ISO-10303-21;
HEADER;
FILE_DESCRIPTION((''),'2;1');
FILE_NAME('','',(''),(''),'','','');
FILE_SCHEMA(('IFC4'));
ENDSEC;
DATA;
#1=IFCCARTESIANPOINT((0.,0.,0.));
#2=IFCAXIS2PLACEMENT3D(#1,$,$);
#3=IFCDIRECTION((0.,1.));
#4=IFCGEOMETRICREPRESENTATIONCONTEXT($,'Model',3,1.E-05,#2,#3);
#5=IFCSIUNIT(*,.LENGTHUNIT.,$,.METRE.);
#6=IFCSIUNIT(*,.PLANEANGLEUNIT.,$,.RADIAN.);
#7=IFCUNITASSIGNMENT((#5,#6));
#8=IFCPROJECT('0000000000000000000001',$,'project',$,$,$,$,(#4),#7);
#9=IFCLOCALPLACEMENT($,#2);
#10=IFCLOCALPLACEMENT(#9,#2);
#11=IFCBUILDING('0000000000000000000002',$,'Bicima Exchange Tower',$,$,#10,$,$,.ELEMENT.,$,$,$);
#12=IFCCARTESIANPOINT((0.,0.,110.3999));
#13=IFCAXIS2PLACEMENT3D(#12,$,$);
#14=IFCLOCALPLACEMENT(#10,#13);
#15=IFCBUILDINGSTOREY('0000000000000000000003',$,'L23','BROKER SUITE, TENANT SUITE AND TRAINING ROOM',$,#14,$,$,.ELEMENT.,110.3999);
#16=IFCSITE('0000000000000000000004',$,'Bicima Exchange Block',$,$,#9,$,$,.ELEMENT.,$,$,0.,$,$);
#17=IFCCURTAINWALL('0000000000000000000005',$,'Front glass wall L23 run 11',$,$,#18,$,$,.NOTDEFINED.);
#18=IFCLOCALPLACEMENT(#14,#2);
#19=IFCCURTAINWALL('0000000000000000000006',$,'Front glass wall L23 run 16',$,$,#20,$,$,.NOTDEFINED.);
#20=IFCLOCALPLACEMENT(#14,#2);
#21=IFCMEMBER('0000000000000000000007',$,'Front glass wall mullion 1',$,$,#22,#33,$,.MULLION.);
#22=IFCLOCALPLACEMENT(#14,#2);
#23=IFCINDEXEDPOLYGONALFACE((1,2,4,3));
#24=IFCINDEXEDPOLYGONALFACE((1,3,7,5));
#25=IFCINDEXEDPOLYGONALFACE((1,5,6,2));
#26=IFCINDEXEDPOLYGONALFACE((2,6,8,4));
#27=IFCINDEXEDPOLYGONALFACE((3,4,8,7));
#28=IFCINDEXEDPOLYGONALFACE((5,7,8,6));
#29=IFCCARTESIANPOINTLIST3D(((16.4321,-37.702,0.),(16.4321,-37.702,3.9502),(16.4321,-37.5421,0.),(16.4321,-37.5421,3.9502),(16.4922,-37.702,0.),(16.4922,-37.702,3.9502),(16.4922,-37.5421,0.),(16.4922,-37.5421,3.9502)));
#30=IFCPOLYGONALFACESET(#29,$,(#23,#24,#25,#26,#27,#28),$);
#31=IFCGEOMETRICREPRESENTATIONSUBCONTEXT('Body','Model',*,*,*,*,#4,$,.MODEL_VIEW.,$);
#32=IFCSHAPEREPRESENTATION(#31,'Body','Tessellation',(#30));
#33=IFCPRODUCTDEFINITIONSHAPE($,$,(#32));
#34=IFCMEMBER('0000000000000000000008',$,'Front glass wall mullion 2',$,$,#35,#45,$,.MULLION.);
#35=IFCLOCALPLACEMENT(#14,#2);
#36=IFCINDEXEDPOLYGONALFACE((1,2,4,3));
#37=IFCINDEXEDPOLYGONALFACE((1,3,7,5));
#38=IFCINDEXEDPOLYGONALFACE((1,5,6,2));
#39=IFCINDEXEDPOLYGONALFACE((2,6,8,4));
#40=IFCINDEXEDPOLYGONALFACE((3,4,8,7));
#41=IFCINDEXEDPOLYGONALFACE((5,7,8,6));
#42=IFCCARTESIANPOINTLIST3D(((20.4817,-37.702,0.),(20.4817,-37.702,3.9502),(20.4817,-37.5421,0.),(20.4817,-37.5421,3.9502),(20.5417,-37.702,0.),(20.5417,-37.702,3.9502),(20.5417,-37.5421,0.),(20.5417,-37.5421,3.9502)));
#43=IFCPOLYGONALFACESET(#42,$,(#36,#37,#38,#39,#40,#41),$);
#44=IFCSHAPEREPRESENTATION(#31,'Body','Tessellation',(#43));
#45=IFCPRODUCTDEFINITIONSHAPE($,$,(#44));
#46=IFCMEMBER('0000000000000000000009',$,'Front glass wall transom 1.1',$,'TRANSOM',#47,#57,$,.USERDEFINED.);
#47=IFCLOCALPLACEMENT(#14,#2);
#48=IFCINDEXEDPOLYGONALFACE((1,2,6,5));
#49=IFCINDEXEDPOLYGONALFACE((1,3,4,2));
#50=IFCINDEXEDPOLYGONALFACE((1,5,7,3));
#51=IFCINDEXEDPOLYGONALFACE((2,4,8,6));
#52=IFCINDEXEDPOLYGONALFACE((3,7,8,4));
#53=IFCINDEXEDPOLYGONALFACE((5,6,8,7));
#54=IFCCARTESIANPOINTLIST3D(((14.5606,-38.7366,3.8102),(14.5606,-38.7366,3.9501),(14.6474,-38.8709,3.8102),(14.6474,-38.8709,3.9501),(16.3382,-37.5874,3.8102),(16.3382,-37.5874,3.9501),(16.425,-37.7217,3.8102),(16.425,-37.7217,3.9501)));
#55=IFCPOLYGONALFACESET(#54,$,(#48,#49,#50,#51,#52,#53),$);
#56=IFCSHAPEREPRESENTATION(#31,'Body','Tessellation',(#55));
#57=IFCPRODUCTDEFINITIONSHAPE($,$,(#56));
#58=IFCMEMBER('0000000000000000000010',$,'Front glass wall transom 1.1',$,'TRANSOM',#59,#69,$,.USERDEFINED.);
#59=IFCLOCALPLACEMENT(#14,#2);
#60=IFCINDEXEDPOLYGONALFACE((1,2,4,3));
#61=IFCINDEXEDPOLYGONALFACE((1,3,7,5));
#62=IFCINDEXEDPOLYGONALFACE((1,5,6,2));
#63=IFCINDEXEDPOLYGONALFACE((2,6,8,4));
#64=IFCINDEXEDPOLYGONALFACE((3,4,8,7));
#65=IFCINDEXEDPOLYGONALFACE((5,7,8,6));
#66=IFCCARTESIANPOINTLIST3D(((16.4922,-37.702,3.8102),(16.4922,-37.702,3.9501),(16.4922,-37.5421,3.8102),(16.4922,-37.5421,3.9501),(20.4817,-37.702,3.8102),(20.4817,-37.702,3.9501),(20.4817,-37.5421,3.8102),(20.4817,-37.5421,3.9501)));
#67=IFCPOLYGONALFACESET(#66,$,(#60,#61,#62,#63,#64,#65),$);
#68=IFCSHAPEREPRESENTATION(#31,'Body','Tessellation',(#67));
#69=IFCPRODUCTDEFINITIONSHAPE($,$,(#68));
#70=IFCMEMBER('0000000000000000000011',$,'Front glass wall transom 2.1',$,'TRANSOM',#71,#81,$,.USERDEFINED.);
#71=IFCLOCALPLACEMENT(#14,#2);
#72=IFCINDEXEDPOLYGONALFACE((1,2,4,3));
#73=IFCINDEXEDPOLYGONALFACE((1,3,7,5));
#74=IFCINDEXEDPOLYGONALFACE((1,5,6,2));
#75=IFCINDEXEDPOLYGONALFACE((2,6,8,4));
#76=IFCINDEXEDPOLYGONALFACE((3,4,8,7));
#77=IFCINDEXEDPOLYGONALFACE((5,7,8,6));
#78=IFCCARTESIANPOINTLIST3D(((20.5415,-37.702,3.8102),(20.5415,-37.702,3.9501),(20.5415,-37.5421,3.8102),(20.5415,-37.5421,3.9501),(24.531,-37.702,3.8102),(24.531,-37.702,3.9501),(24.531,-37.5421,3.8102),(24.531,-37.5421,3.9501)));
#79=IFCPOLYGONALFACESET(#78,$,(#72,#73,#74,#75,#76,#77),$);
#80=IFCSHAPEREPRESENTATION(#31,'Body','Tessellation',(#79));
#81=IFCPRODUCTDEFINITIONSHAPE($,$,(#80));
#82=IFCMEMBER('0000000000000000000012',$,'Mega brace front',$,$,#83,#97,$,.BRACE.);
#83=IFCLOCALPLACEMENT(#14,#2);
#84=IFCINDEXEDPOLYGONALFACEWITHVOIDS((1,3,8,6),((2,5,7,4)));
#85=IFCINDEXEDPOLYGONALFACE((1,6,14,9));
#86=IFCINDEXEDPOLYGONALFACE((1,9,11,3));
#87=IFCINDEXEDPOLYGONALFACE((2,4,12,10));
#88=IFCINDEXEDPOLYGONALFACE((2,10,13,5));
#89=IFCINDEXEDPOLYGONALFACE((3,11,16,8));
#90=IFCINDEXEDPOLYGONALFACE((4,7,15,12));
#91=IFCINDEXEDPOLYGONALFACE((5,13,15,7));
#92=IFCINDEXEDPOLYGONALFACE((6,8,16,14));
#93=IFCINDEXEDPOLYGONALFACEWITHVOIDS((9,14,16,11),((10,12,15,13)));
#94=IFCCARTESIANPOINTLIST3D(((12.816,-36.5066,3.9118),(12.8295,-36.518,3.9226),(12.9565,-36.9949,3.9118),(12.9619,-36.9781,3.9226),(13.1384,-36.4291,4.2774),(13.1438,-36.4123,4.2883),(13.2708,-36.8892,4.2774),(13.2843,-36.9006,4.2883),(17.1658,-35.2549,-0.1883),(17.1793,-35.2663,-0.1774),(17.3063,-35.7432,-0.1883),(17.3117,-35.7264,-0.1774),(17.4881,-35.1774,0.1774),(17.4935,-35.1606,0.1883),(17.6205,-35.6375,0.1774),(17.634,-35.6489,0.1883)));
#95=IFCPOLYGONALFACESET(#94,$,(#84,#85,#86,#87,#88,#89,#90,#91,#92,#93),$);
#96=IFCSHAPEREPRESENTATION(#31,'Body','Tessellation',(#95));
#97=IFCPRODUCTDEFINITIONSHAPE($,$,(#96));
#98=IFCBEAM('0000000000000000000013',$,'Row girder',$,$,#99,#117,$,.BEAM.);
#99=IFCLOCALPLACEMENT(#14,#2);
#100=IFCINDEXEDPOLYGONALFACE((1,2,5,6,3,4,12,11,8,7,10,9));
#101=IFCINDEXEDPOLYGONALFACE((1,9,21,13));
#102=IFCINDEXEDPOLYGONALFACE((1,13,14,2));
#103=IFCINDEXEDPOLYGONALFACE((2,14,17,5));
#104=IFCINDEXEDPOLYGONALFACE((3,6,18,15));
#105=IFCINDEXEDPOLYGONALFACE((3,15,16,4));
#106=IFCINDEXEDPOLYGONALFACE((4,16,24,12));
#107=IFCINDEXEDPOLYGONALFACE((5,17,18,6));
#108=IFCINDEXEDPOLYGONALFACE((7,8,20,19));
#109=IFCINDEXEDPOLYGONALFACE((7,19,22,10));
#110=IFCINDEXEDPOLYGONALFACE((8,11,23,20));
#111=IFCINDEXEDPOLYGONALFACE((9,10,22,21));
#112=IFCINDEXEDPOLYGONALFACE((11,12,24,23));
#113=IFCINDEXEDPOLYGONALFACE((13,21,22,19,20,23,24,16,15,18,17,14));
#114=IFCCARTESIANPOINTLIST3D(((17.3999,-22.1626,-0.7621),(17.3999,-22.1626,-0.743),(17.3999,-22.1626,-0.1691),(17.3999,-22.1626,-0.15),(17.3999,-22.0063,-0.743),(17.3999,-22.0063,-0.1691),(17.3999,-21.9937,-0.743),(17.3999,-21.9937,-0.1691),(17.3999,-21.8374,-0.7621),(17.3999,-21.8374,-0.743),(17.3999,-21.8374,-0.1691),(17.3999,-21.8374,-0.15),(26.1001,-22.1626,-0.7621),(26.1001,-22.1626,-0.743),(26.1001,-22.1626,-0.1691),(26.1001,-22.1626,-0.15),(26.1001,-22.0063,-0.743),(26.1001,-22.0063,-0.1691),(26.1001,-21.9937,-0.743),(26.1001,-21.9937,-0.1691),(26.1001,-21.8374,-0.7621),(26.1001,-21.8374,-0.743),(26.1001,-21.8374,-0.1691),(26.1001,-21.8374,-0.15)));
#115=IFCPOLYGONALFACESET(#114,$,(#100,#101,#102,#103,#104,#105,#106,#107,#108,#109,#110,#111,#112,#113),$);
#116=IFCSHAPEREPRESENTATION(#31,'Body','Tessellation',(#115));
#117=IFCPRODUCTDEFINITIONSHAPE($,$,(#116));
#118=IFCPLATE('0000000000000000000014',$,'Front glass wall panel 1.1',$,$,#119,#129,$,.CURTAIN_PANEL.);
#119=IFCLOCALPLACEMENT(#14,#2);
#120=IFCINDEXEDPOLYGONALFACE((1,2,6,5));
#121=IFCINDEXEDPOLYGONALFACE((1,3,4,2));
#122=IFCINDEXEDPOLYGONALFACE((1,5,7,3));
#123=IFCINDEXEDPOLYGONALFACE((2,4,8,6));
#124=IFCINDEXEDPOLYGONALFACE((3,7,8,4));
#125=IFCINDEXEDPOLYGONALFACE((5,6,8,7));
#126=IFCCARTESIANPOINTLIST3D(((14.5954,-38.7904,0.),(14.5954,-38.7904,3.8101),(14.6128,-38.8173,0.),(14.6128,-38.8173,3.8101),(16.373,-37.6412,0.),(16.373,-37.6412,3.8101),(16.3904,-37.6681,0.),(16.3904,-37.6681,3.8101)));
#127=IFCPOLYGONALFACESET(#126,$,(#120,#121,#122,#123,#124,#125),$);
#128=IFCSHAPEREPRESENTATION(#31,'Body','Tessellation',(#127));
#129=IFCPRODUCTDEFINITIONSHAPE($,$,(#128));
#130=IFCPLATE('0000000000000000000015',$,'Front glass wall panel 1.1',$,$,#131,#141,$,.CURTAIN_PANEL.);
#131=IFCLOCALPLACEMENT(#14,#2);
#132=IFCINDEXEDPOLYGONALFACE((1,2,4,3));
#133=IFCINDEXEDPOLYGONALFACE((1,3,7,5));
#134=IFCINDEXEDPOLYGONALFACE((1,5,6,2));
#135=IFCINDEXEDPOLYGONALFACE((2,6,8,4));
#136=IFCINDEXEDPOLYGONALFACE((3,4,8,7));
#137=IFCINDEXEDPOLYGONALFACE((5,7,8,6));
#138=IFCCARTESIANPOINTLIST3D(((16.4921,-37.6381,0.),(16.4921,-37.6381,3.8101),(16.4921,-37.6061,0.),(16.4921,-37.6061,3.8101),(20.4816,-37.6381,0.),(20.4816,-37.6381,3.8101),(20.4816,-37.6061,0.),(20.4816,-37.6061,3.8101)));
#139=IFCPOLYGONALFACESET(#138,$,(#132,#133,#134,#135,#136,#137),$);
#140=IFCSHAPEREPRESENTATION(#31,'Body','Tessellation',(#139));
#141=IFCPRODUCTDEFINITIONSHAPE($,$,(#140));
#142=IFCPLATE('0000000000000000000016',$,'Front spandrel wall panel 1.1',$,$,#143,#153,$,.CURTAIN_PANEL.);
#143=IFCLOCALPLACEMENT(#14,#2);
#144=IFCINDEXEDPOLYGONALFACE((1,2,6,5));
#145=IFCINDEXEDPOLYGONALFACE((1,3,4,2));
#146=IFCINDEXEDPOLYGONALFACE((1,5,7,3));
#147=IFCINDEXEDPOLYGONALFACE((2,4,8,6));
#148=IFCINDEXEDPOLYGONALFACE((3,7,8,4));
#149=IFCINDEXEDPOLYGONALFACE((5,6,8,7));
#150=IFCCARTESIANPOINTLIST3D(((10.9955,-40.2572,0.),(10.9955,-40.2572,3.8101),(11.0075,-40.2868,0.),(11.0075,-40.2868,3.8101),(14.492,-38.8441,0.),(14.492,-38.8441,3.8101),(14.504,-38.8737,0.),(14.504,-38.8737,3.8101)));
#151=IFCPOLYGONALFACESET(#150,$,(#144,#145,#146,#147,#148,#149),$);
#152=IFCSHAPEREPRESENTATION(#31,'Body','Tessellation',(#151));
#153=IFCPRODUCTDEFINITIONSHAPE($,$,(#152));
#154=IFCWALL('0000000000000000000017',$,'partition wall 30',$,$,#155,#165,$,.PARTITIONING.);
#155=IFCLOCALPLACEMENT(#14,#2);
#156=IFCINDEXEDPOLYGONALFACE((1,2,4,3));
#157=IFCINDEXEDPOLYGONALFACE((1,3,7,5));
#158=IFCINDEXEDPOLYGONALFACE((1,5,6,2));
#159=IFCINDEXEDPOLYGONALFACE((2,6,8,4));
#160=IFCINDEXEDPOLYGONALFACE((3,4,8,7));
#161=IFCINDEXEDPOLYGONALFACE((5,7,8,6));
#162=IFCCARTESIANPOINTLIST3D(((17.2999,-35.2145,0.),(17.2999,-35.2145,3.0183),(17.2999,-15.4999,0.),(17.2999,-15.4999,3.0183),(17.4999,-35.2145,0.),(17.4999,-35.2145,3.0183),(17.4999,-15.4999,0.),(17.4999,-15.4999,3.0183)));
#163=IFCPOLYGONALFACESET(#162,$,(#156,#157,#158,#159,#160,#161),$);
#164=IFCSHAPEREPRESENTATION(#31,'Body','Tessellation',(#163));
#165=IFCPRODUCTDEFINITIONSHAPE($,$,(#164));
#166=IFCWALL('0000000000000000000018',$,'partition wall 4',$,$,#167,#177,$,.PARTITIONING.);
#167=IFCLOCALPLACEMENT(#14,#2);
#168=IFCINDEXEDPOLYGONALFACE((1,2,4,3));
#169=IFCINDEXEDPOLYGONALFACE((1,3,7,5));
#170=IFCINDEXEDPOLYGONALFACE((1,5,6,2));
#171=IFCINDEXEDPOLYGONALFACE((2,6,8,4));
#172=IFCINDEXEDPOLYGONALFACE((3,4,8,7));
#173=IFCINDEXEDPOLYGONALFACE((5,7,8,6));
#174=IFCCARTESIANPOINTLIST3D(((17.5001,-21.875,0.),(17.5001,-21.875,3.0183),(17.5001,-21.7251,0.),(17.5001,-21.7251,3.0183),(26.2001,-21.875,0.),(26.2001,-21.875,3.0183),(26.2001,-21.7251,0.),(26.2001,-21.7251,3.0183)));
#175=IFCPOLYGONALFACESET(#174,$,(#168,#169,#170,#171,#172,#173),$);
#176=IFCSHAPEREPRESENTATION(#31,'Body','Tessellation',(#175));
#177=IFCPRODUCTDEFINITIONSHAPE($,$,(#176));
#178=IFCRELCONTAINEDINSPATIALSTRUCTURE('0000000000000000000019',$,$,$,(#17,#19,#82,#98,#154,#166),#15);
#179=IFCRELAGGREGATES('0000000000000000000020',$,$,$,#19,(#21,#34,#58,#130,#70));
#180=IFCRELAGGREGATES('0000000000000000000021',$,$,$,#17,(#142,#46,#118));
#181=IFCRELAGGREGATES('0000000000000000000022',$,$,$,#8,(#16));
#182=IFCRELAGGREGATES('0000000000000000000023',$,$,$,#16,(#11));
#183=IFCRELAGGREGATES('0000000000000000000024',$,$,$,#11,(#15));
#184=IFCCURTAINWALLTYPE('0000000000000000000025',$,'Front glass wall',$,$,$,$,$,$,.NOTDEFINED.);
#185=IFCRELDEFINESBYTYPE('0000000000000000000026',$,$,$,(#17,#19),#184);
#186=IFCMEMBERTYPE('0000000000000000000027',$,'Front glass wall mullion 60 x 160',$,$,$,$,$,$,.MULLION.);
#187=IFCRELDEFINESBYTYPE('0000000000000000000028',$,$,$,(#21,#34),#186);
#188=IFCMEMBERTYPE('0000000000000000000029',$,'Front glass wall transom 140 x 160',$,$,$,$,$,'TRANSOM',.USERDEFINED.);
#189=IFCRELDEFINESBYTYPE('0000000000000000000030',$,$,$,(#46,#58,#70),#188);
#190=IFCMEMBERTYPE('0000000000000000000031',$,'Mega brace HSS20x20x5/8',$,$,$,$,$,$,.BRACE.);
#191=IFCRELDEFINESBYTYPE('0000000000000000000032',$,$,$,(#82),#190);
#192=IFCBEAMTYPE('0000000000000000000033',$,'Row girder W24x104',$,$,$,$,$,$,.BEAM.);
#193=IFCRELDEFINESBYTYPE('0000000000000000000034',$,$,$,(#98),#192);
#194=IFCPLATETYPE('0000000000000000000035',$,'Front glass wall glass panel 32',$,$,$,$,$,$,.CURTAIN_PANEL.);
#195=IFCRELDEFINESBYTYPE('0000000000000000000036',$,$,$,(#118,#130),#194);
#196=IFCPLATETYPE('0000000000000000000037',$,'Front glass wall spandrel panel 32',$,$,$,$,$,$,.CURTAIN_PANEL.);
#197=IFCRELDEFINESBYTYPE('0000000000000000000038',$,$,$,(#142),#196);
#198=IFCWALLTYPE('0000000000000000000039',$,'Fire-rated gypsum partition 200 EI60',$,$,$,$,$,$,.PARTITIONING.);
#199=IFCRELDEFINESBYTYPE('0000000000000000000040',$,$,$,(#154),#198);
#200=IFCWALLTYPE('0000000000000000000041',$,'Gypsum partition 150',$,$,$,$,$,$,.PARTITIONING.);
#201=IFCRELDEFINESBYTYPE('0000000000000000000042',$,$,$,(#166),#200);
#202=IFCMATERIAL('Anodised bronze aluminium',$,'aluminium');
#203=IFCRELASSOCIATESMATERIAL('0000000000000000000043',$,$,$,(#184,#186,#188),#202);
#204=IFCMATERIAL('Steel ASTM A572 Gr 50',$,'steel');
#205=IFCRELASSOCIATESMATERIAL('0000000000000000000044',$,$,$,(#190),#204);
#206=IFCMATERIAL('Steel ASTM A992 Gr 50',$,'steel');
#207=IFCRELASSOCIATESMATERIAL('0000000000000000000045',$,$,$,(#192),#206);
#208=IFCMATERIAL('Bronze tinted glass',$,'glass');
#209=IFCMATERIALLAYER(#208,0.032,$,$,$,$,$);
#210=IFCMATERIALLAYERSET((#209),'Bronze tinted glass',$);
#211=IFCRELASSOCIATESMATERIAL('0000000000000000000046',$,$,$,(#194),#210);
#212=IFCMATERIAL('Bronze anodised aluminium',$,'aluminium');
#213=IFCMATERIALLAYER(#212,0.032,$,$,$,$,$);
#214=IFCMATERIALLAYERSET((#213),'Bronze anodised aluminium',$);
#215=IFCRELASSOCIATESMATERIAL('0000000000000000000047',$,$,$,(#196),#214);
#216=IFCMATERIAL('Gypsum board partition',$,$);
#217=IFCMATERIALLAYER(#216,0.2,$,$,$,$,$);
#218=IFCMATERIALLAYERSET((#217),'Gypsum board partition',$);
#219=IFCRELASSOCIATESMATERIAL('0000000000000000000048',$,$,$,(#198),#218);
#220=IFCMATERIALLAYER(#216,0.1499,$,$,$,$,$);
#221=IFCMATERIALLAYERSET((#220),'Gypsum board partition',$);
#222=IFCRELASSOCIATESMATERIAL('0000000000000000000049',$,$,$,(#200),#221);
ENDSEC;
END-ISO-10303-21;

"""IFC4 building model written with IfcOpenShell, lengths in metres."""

from ifc_helpers import new_model, si_unit, direction, frame, frame_2d, origin, origin_2d, place, context, subcontext, project, spatial, rectangle, hollow_rectangle, i_section, extrude, material, layer, layer_set, material_profile, profile_set, type_object, element, aggregate, save


model = new_model("IFC4")

# Units and contexts
model_context = context("Model", 3, precision=1e-05, world=origin(), true_north=direction((0.0, 1.0)))
body_context = subcontext(model_context, "Body", "Model", "MODEL_VIEW")
ifc_project = project(units=[si_unit("LENGTHUNIT", "METRE"), si_unit("PLANEANGLEUNIT", "RADIAN")], contexts=[model_context])

# Site, building, storey
site_placement = place(None, origin())
site = spatial("IfcSite", under=ifc_project, at=site_placement, Name="Bicima Exchange Block", CompositionType="ELEMENT", RefElevation=0.0)
building_placement = place(site_placement, origin())
building = spatial("IfcBuilding", under=site, at=building_placement, Name="Bicima Exchange Tower", CompositionType="ELEMENT")
storey_placement = place(building_placement, frame((0.0, 0.0, 110.3999)))
storey = spatial("IfcBuildingStorey", under=building, at=storey_placement, Name="L23", Description="BROKER SUITE, TENANT SUITE AND TRAINING ROOM", CompositionType="ELEMENT", Elevation=110.3999)

# Shared definitions
ifc_material_1 = material(Name="Steel ASTM A992 Gr 50", Category="steel")

# Shared definitions
ifc_material_2 = material(Name="Steel ASTM A572 Gr 50", Category="steel")

# Shared definitions
ifc_material_profile_1 = material_profile(ifc_material_1, i_section(OverallWidth=0.3252, OverallDepth=0.6121, WebThickness=0.0127, FlangeThickness=0.019, at=origin_2d()))
ifc_profile_set_1 = profile_set([ifc_material_profile_1], Name="Steel ASTM A992 Gr 50")

# Curtain walls, members
ifc_material_3 = material(Name="Anodised bronze aluminium", Category="aluminium")
curtain_wall_type = type_object("IfcCurtainWallType", Name="Front glass wall", PredefinedType="NOTDEFINED", material=ifc_material_3)
curtain_wall_1_placement = place(storey_placement, origin())
curtain_wall_1 = element("IfcCurtainWall", 1, at=curtain_wall_1_placement, inside=storey, type_object=curtain_wall_type, Name="Front glass wall L23 run 11", PredefinedType="NOTDEFINED")
ifc_material_profile_2 = material_profile(ifc_material_3, rectangle(XDim=0.1599, YDim=0.0601, at=origin_2d()))
ifc_profile_set_2 = profile_set([ifc_material_profile_2], Name="Anodised bronze aluminium")
member_type_1 = type_object("IfcMemberType", Name="Front glass wall mullion 60 x 160", PredefinedType="MULLION", material=ifc_profile_set_2)
curtain_wall_2_placement = place(storey_placement, origin())
curtain_wall_2 = element("IfcCurtainWall", 2, at=curtain_wall_2_placement, inside=storey, type_object=curtain_wall_type, Name="Front glass wall L23 run 16", PredefinedType="NOTDEFINED")
member_1_placement = place(storey_placement, frame((16.4622, -37.6221, 0.0), z_axis=(0.0, 0.0, 1.0), x_axis=(0.0, 1.0, 0.0)))
member_1 = element("IfcMember", 3, at=member_1_placement, type_object=member_type_1, Name="Front glass wall mullion 1", PredefinedType="MULLION", context=body_context, shape_type="SweptSolid", body=[
    extrude(rectangle(XDim=0.1599, YDim=0.0601, at=origin_2d()), origin(), (0.0, 0.0, 1.0), 3.9502),
])
member_2_placement = place(storey_placement, frame((20.5117, -37.6221, 0.0), z_axis=(0.0, 0.0, 1.0), x_axis=(0.0, 1.0, 0.0)))
member_2 = element("IfcMember", 4, at=member_2_placement, type_object=member_type_1, Name="Front glass wall mullion 2", PredefinedType="MULLION", context=body_context, shape_type="SweptSolid", body=[
    extrude(rectangle(XDim=0.1599, YDim=0.0601, at=origin_2d()), origin(), (0.0, 0.0, 1.0), 3.9502),
])

# Members
ifc_material_profile_3 = material_profile(ifc_material_3, rectangle(XDim=0.1599, YDim=0.1399, at=origin_2d()))
ifc_profile_set_3 = profile_set([ifc_material_profile_3], Name="Anodised bronze aluminium")
member_type_2 = type_object("IfcMemberType", Name="Front glass wall transom 140 x 160", ElementType="TRANSOM", PredefinedType="USERDEFINED", material=ifc_profile_set_3)
member_3_placement = place(storey_placement, frame((14.604, -38.8037, 3.8801), z_axis=(0.839793, 0.542907, 0.0), x_axis=(-0.542907, 0.839793, 0.0)))
member_3 = element("IfcMember", 5, at=member_3_placement, type_object=member_type_2, Name="Front glass wall transom 1.1", ObjectType="TRANSOM", PredefinedType="USERDEFINED", context=body_context, shape_type="SweptSolid", body=[
    extrude(rectangle(XDim=0.1599, YDim=0.1399, at=origin_2d()), origin(), (0.0, 0.0, 1.0), 2.1167),
])
member_4_placement = place(storey_placement, frame((16.4922, -37.6221, 3.8801), z_axis=(1.0, 0.0, 0.0), x_axis=(0.0, 1.0, 0.0)))
member_4 = element("IfcMember", 6, at=member_4_placement, type_object=member_type_2, Name="Front glass wall transom 1.1", ObjectType="TRANSOM", PredefinedType="USERDEFINED", context=body_context, shape_type="SweptSolid", body=[
    extrude(rectangle(XDim=0.1599, YDim=0.1399, at=origin_2d()), origin(), (0.0, 0.0, 1.0), 3.9895),
])
member_5_placement = place(storey_placement, frame((20.5415, -37.6221, 3.8801), z_axis=(1.0, 0.0, 0.0), x_axis=(0.0, 1.0, 0.0)))
member_5 = element("IfcMember", 7, at=member_5_placement, type_object=member_type_2, Name="Front glass wall transom 2.1", ObjectType="TRANSOM", PredefinedType="USERDEFINED", context=body_context, shape_type="SweptSolid", body=[
    extrude(rectangle(XDim=0.1599, YDim=0.1399, at=origin_2d()), origin(), (0.0, 0.0, 1.0), 3.9895),
])
ifc_material_profile_4 = material_profile(ifc_material_2, hollow_rectangle(XDim=0.5081, YDim=0.5081, WallThickness=0.0146, at=origin_2d()))
ifc_profile_set_4 = profile_set([ifc_material_profile_4], Name="Steel ASTM A572 Gr 50")
member_type_3 = type_object("IfcMemberType", Name="Mega brace HSS20x20x5/8", PredefinedType="BRACE", material=ifc_profile_set_4)
member_6_placement = place(storey_placement, frame((17.3999, -35.4519, 0.0), z_axis=(-0.712241, -0.204954, 0.671347), x_axis=(0.276537, -0.961003, 0.0)))
element("IfcMember", 8, at=member_6_placement, inside=storey, type_object=member_type_3, Name="Mega brace front", PredefinedType="BRACE", context=body_context, shape_type="SweptSolid", body=[
    extrude(hollow_rectangle(XDim=0.5081, YDim=0.5081, WallThickness=0.0146, at=origin_2d()), origin(), (0.0, 0.0, 1.0), 6.1072),
])

# Beam
beam_type_1 = type_object("IfcBeamType", Name="Row girder W24x104", PredefinedType="BEAM", material=ifc_profile_set_1)
beam_1_placement = place(storey_placement, frame((17.3999, -22.0, -0.4561), z_axis=(1.0, 0.0, 0.0), x_axis=(0.0, 1.0, 0.0)))
element("IfcBeam", 9, at=beam_1_placement, inside=storey, type_object=beam_type_1, Name="Row girder", PredefinedType="BEAM", context=body_context, shape_type="SweptSolid", body=[
    extrude(i_section(OverallWidth=0.3252, OverallDepth=0.6121, WebThickness=0.0127, FlangeThickness=0.019, at=origin_2d()), origin(), (0.0, 0.0, 1.0), 8.7002),
])

# Plates
ifc_material_4 = material(Name="Bronze tinted glass", Category="glass")
ifc_layer_1 = layer(ifc_material_4, 0.032)
ifc_layer_set_1 = layer_set([ifc_layer_1], Name="Bronze tinted glass")
plate_type_1 = type_object("IfcPlateType", Name="Front glass wall glass panel 32", PredefinedType="CURTAIN_PANEL", material=ifc_layer_set_1)
plate_1_placement = place(storey_placement, frame((15.4929, -38.2292, 0.0), z_axis=(0.0, 0.0, 1.0), x_axis=(0.839791, 0.542909, 0.0)))
plate_1 = element("IfcPlate", 10, at=plate_1_placement, type_object=plate_type_1, Name="Front glass wall panel 1.1", PredefinedType="CURTAIN_PANEL", context=body_context, shape_type="SweptSolid", body=[
    extrude(rectangle(XDim=2.1167, YDim=0.032, at=origin_2d()), origin(), (0.0, 0.0, 1.0), 3.8101),
])
plate_2_placement = place(storey_placement, frame((18.4868, -37.6221, 0.0), z_axis=(0.0, 0.0, 1.0), x_axis=(1.0, 0.0, 0.0)))
plate_2 = element("IfcPlate", 11, at=plate_2_placement, type_object=plate_type_1, Name="Front glass wall panel 1.1", PredefinedType="CURTAIN_PANEL", context=body_context, shape_type="SweptSolid", body=[
    extrude(rectangle(XDim=3.9895, YDim=0.032, at=origin_2d()), origin(), (0.0, 0.0, 1.0), 3.8101),
])
aggregate(curtain_wall_2, [member_1, member_2, member_4, plate_2, member_5])
ifc_material_5 = material(Name="Bronze anodised aluminium", Category="aluminium")
ifc_layer_2 = layer(ifc_material_5, 0.032)
ifc_layer_set_2 = layer_set([ifc_layer_2], Name="Bronze anodised aluminium")
plate_type_2 = type_object("IfcPlateType", Name="Front glass wall spandrel panel 32", PredefinedType="CURTAIN_PANEL", material=ifc_layer_set_2)
plate_3_placement = place(storey_placement, frame((12.7498, -39.5654, 0.0), z_axis=(0.0, 0.0, 1.0), x_axis=(0.927144, 0.374705, 0.0)))
plate_3 = element("IfcPlate", 12, at=plate_3_placement, type_object=plate_type_2, Name="Front spandrel wall panel 1.1", PredefinedType="CURTAIN_PANEL", context=body_context, shape_type="SweptSolid", body=[
    extrude(rectangle(XDim=3.7712, YDim=0.032, at=origin_2d()), origin(), (0.0, 0.0, 1.0), 3.8101),
])
aggregate(curtain_wall_1, [plate_3, member_3, plate_1])

# Walls
ifc_material_6 = material(Name="Gypsum board partition")
ifc_layer_3 = layer(ifc_material_6, 0.2)
ifc_layer_set_3 = layer_set([ifc_layer_3], Name="Gypsum board partition")
wall_type_1 = type_object("IfcWallType", Name="Fire-rated gypsum partition 200 EI60", PredefinedType="PARTITIONING", material=ifc_layer_set_3)
wall_1_placement = place(storey_placement, frame((17.3999, -35.2146, 0.0), z_axis=(0.0, 0.0, 1.0), x_axis=(0.0, 1.0, 0.0)))
element("IfcWall", 13, at=wall_1_placement, inside=storey, type_object=wall_type_1, Name="partition wall 30", PredefinedType="PARTITIONING", context=body_context, shape_type="SweptSolid", body=[
    extrude(rectangle(XDim=19.7146, YDim=0.2, at=frame_2d((9.8574, 0.0))), origin(), (0.0, 0.0, 1.0), 3.0183),
])
ifc_layer_4 = layer(ifc_material_6, 0.1499)
ifc_layer_set_4 = layer_set([ifc_layer_4], Name="Gypsum board partition")
wall_type_2 = type_object("IfcWallType", Name="Gypsum partition 150", PredefinedType="PARTITIONING", material=ifc_layer_set_4)
wall_2_placement = place(storey_placement, frame((17.5, -21.8, 0.0), z_axis=(0.0, 0.0, 1.0), x_axis=(1.0, 0.0, 0.0)))
element("IfcWall", 14, at=wall_2_placement, inside=storey, type_object=wall_type_2, Name="partition wall 4", PredefinedType="PARTITIONING", context=body_context, shape_type="SweptSolid", body=[
    extrude(rectangle(XDim=8.7, YDim=0.1499, at=frame_2d((4.3501, 0.0))), origin(), (0.0, 0.0, 1.0), 3.0183),
])

save(model, "model.ifc")
